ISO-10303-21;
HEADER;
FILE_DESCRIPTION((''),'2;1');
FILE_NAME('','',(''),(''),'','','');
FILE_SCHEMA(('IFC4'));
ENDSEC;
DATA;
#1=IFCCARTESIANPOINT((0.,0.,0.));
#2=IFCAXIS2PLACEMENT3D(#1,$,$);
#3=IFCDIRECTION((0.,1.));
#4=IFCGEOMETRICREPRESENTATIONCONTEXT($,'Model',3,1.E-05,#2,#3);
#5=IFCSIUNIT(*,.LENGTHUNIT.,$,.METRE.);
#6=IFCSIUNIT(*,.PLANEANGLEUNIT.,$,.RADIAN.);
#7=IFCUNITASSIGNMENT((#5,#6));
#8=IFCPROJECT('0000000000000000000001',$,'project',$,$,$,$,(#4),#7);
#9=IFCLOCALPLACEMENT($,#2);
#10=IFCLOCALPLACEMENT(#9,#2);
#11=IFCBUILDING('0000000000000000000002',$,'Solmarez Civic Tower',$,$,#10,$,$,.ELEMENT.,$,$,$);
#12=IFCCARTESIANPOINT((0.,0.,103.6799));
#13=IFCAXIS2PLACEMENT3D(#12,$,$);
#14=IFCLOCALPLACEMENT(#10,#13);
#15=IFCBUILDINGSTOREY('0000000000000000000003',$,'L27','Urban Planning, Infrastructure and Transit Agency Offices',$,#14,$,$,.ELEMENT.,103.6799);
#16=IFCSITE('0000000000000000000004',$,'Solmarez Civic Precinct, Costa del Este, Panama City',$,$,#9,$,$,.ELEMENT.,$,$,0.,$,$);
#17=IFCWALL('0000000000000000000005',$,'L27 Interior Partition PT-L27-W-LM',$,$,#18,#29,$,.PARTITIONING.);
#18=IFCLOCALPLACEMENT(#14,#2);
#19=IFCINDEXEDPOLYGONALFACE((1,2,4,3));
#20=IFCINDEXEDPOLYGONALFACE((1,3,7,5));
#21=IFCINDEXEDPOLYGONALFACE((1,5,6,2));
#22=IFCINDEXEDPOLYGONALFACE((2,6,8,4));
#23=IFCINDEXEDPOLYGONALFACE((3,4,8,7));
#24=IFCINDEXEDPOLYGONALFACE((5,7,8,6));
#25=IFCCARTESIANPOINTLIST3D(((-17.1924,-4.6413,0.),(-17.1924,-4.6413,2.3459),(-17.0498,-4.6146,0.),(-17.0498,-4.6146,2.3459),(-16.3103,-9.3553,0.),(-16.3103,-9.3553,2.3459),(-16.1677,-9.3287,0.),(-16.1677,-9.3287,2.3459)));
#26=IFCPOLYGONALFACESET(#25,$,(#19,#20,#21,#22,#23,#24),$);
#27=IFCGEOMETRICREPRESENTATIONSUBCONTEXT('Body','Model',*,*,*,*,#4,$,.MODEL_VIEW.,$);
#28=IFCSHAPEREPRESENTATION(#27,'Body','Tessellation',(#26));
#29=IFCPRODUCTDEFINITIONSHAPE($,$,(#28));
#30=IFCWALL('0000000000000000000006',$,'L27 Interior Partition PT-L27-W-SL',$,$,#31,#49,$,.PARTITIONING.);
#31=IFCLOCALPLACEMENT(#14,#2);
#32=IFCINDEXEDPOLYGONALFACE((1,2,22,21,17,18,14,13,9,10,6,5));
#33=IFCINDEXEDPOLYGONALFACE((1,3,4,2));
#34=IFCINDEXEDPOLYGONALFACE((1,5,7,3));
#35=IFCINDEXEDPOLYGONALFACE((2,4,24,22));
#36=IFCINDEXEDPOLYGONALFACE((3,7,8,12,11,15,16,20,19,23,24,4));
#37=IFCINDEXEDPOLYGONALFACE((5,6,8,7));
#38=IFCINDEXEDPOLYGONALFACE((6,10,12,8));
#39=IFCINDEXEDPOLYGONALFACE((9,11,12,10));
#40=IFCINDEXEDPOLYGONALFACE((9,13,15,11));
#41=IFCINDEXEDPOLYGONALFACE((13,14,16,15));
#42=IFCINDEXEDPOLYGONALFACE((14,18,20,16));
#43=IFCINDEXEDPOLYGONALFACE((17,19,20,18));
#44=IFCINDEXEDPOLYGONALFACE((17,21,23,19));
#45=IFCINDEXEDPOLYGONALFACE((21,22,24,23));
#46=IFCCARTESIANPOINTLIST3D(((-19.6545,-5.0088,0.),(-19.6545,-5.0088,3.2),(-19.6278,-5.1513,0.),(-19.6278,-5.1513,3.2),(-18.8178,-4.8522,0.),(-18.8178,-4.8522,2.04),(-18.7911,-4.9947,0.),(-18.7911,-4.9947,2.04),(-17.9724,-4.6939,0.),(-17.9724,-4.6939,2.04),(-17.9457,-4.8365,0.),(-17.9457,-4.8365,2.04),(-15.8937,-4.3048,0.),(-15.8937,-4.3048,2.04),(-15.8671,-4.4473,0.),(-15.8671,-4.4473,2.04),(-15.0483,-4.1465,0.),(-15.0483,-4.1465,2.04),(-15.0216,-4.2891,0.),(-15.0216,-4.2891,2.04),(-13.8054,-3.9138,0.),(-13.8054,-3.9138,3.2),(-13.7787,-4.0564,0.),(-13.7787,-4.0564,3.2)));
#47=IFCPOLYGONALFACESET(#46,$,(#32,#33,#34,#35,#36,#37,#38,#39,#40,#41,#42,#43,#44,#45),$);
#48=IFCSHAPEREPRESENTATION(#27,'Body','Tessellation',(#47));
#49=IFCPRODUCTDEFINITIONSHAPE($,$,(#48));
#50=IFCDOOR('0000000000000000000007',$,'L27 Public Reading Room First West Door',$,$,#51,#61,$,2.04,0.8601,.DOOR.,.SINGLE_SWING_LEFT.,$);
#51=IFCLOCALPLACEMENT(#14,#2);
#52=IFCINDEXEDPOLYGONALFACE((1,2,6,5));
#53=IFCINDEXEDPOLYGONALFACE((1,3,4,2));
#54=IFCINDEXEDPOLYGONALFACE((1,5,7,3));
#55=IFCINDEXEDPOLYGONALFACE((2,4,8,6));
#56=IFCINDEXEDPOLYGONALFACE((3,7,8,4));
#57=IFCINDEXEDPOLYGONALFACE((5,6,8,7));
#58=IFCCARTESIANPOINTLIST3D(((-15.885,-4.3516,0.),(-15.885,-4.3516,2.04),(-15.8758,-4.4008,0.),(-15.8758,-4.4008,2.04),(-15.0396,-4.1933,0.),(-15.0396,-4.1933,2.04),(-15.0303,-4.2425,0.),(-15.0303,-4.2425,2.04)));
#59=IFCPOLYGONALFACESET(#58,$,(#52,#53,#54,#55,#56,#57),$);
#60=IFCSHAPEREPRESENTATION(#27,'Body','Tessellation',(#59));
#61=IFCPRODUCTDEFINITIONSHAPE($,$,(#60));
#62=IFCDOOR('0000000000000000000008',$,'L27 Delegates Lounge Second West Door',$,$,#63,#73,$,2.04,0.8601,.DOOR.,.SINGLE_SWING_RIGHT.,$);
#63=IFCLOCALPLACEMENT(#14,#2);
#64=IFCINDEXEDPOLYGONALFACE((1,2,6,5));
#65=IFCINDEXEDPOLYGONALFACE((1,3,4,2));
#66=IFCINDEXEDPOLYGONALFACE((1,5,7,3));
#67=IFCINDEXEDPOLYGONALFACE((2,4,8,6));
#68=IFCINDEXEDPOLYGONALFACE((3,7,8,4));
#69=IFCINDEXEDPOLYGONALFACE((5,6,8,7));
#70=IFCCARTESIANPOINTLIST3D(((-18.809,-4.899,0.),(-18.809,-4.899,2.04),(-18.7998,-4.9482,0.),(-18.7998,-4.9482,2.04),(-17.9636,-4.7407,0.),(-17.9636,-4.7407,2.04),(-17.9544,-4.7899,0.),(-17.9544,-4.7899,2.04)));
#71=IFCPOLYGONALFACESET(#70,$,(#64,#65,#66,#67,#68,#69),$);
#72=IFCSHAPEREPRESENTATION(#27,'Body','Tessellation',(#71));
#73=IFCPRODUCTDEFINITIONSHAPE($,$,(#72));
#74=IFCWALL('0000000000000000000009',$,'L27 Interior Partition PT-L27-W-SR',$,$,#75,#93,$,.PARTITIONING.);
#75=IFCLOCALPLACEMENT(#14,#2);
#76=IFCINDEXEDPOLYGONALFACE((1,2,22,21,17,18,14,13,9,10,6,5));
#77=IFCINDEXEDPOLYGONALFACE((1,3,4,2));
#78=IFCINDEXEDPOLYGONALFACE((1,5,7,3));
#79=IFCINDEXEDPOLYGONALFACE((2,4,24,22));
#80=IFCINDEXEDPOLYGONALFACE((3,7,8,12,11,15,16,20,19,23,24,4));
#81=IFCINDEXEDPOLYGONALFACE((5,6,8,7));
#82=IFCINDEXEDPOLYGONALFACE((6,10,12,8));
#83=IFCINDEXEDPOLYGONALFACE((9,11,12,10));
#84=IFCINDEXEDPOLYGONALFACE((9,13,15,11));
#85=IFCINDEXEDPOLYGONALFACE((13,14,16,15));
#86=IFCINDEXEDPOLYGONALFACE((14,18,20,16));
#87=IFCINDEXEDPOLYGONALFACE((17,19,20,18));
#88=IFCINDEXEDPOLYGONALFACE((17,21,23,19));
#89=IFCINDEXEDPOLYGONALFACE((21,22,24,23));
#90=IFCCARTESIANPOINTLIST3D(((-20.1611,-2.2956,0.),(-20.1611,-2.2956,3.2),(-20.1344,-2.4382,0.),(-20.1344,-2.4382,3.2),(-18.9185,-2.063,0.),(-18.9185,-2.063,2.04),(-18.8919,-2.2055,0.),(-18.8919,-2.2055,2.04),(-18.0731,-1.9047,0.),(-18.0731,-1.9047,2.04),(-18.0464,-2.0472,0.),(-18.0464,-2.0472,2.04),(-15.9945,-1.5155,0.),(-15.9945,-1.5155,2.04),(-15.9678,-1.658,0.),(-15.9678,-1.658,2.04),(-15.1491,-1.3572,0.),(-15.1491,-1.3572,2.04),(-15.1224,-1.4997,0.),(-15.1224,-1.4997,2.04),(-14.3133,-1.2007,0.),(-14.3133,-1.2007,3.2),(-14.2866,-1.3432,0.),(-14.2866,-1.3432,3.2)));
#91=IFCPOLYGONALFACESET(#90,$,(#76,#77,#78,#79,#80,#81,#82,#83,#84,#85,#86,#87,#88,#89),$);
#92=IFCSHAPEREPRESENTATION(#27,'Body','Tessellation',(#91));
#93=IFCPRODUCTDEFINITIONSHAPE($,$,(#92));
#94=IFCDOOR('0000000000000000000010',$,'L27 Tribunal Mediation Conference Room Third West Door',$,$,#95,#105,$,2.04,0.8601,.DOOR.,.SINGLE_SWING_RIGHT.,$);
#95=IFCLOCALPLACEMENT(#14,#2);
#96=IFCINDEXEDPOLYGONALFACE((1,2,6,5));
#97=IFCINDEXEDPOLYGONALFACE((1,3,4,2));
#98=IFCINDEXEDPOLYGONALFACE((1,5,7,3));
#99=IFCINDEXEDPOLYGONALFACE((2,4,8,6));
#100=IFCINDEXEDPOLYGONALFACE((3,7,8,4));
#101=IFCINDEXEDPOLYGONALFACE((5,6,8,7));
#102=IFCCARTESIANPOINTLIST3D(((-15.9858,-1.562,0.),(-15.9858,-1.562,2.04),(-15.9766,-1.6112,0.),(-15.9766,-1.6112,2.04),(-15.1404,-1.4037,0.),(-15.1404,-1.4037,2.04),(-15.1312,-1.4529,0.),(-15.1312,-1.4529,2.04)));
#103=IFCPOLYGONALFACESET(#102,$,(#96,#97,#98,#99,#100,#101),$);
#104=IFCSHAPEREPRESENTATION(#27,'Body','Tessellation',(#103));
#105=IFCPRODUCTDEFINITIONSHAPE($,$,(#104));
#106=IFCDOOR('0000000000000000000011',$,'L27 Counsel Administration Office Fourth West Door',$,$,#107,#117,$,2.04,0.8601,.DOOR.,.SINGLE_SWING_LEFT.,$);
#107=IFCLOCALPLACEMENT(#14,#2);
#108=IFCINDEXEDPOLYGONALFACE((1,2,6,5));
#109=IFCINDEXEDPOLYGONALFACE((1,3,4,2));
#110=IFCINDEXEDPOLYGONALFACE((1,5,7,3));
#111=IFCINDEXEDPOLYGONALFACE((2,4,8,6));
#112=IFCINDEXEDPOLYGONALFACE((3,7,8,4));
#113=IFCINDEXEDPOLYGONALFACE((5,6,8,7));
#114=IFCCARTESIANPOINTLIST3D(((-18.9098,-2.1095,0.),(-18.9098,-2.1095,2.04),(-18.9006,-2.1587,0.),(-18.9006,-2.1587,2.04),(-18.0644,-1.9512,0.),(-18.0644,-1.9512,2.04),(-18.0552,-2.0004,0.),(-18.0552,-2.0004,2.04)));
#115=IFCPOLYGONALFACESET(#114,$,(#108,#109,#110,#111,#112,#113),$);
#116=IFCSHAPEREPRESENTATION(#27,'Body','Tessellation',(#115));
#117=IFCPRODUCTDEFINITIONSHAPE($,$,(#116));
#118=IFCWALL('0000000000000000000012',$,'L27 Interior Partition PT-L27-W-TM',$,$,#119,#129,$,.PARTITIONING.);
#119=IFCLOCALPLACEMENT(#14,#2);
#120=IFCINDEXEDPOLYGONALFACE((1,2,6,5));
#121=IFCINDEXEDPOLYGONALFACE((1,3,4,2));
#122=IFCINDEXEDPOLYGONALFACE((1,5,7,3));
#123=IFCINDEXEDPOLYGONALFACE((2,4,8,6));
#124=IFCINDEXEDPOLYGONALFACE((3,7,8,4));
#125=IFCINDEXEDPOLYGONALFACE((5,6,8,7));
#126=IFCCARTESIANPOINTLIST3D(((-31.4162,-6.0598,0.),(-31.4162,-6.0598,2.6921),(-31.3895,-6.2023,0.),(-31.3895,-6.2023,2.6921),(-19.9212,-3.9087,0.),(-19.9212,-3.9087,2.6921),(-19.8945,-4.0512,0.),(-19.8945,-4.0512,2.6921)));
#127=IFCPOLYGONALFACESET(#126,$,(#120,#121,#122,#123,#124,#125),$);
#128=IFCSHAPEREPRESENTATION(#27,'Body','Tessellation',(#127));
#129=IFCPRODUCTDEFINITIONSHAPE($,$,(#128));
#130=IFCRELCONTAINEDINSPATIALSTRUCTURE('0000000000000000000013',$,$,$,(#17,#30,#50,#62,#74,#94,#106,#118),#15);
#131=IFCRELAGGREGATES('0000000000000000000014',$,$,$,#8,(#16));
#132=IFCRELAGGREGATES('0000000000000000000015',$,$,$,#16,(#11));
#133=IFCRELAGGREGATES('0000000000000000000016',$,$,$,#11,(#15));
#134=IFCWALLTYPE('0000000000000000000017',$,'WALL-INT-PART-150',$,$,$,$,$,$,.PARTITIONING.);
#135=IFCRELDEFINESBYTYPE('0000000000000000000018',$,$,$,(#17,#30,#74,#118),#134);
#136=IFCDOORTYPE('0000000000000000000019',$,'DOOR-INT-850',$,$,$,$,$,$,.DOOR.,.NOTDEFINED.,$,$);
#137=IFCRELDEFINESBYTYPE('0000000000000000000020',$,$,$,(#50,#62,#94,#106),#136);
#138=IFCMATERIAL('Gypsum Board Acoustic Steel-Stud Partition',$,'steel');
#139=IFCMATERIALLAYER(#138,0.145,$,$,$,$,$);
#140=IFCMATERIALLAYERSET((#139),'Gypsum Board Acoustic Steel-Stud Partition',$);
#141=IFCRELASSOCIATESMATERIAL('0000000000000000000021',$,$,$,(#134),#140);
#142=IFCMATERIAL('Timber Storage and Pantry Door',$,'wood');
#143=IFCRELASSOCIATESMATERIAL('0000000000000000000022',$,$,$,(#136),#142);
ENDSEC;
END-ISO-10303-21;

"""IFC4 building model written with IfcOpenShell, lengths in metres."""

from ifc_helpers import new_model, si_unit, direction, frame, frame_2d, origin, place, context, subcontext, project, spatial, rectangle, extrude, material, layer, layer_set, type_object, element, fill, save


model = new_model("IFC4")

# Units and contexts
model_context = context("Model", 3, precision=1e-05, world=origin(), true_north=direction((0.0, 1.0)))
body_context = subcontext(model_context, "Body", "Model", "MODEL_VIEW")
ifc_project = project(units=[si_unit("LENGTHUNIT", "METRE"), si_unit("PLANEANGLEUNIT", "RADIAN")], contexts=[model_context])

# Site, building, storey
site_placement = place(None, origin())
site = spatial("IfcSite", under=ifc_project, at=site_placement, Name="Solmarez Civic Precinct, Costa del Este, Panama City", CompositionType="ELEMENT", RefElevation=0.0)
building_placement = place(site_placement, origin())
building = spatial("IfcBuilding", under=site, at=building_placement, Name="Solmarez Civic Tower", CompositionType="ELEMENT")
storey_placement = place(building_placement, frame((0.0, 0.0, 103.6799)))
storey = spatial("IfcBuildingStorey", under=building, at=storey_placement, Name="L27", Description="Urban Planning, Infrastructure and Transit Agency Offices", CompositionType="ELEMENT", Elevation=103.6799)

# Wall
ifc_material_1 = material(Name="Gypsum Board Acoustic Steel-Stud Partition", Category="steel")
ifc_layer_1 = layer(ifc_material_1, 0.145)
ifc_layer_set_1 = layer_set([ifc_layer_1], Name="Gypsum Board Acoustic Steel-Stud Partition")
wall_type_1 = type_object("IfcWallType", Name="WALL-INT-PART-150", PredefinedType="PARTITIONING", material=ifc_layer_set_1)
wall_1_placement = place(storey_placement, frame((-17.1211, -4.6279, 0.0), z_axis=(0.0, 0.0, 1.0), x_axis=(0.183923, -0.982941, 0.0)))
element("IfcWall", 1, at=wall_1_placement, inside=storey, type_object=wall_type_1, Name="L27 Interior Partition PT-L27-W-LM", PredefinedType="PARTITIONING", context=body_context, shape_type="SweptSolid", body=[
    extrude(rectangle(XDim=4.7959, YDim=0.145, at=frame_2d((2.3979, 0.0))), origin(), (0.0, 0.0, 1.0), 2.3459),
])

# Walls, openings, doors
wall_2_placement = place(storey_placement, frame((-19.6411, -5.0801, 0.0), z_axis=(0.0, 0.0, 1.0), x_axis=(0.982925, 0.184006, 0.0)))
wall_2 = element("IfcWall", 2, at=wall_2_placement, inside=storey, type_object=wall_type_1, Name="L27 Interior Partition PT-L27-W-SL", PredefinedType="PARTITIONING", context=body_context, shape_type="SweptSolid", body=[
    extrude(rectangle(XDim=5.9507, YDim=0.145, at=frame_2d((2.9753, 0.0))), origin(), (0.0, 0.0, 1.0), 3.2),
])
opening_1_placement = place(wall_2_placement, frame((3.8259, 0.0, 0.0)))
opening_1 = element("IfcOpeningElement", 3, at=opening_1_placement, cuts=wall_2, PredefinedType="OPENING", context=body_context, shape_type="SweptSolid", body=[
    extrude(rectangle(XDim=0.8601, YDim=2.04, at=frame_2d((0.4302, 1.02))), frame((0.0, 0.0825, 0.0), z_axis=(0.0, -1.0, 0.0), x_axis=(1.0, 0.0, 0.0)), (0.0, 0.0, 1.0), 0.165),
])
opening_2_placement = place(wall_2_placement, frame((0.8511, 0.0, 0.0)))
opening_2 = element("IfcOpeningElement", 4, at=opening_2_placement, cuts=wall_2, PredefinedType="OPENING", context=body_context, shape_type="SweptSolid", body=[
    extrude(rectangle(XDim=0.8601, YDim=2.04, at=frame_2d((0.4302, 1.02))), frame((0.0, 0.0825, 0.0), z_axis=(0.0, -1.0, 0.0), x_axis=(1.0, 0.0, 0.0)), (0.0, 0.0, 1.0), 0.165),
])
ifc_material_2 = material(Name="Timber Storage and Pantry Door", Category="wood")
door_type = type_object("IfcDoorType", Name="DOOR-INT-850", OperationType="NOTDEFINED", PredefinedType="DOOR", material=ifc_material_2)
door_1_placement = place(opening_1_placement, origin())
door_1 = element("IfcDoor", 5, at=door_1_placement, inside=storey, type_object=door_type, Name="L27 Public Reading Room First West Door", OperationType="SINGLE_SWING_LEFT", OverallHeight=2.04, OverallWidth=0.8601, PredefinedType="DOOR", context=body_context, shape_type="SweptSolid", body=[
    extrude(rectangle(XDim=0.8601, YDim=2.04, at=frame_2d((0.4302, 1.02))), frame((0.0, 0.0249, 0.0), z_axis=(0.0, -1.0, 0.0), x_axis=(1.0, 0.0, 0.0)), (0.0, 0.0, 1.0), 0.05),
])
fill(opening_1, door_1)
door_2_placement = place(opening_2_placement, origin())
door_2 = element("IfcDoor", 6, at=door_2_placement, inside=storey, type_object=door_type, Name="L27 Delegates Lounge Second West Door", OperationType="SINGLE_SWING_RIGHT", OverallHeight=2.04, OverallWidth=0.8601, PredefinedType="DOOR", context=body_context, shape_type="SweptSolid", body=[
    extrude(rectangle(XDim=0.8601, YDim=2.04, at=frame_2d((0.4302, 1.02))), frame((0.0, 0.0249, 0.0), z_axis=(0.0, -1.0, 0.0), x_axis=(1.0, 0.0, 0.0)), (0.0, 0.0, 1.0), 0.05),
])
fill(opening_2, door_2)
wall_3_placement = place(storey_placement, frame((-14.3, -1.272, 0.0), z_axis=(0.0, 0.0, 1.0), x_axis=(-0.982918, -0.184043, 0.0)))
wall_3 = element("IfcWall", 7, at=wall_3_placement, inside=storey, type_object=wall_type_1, Name="L27 Interior Partition PT-L27-W-SR", PredefinedType="PARTITIONING", context=body_context, shape_type="SweptSolid", body=[
    extrude(rectangle(XDim=5.9495, YDim=0.145, at=frame_2d((2.9746, 0.0))), origin(), (0.0, 0.0, 1.0), 3.2),
])
opening_3_placement = place(wall_3_placement, frame((0.8501, 0.0, 0.0)))
opening_3 = element("IfcOpeningElement", 8, at=opening_3_placement, cuts=wall_3, PredefinedType="OPENING", context=body_context, shape_type="SweptSolid", body=[
    extrude(rectangle(XDim=0.8601, YDim=2.04, at=frame_2d((0.4302, 1.02))), frame((0.0, 0.0825, 0.0), z_axis=(0.0, -1.0, 0.0), x_axis=(1.0, 0.0, 0.0)), (0.0, 0.0, 1.0), 0.165),
])
opening_4_placement = place(wall_3_placement, frame((3.825, 0.0, 0.0)))
opening_4 = element("IfcOpeningElement", 9, at=opening_4_placement, cuts=wall_3, PredefinedType="OPENING", context=body_context, shape_type="SweptSolid", body=[
    extrude(rectangle(XDim=0.8601, YDim=2.04, at=frame_2d((0.4302, 1.02))), frame((0.0, 0.0825, 0.0), z_axis=(0.0, -1.0, 0.0), x_axis=(1.0, 0.0, 0.0)), (0.0, 0.0, 1.0), 0.165),
])
door_3_placement = place(opening_3_placement, origin())
door_3 = element("IfcDoor", 10, at=door_3_placement, inside=storey, type_object=door_type, Name="L27 Tribunal Mediation Conference Room Third West Door", OperationType="SINGLE_SWING_RIGHT", OverallHeight=2.04, OverallWidth=0.8601, PredefinedType="DOOR", context=body_context, shape_type="SweptSolid", body=[
    extrude(rectangle(XDim=0.8601, YDim=2.04, at=frame_2d((0.4302, 1.02))), frame((0.0, 0.0249, 0.0), z_axis=(0.0, -1.0, 0.0), x_axis=(1.0, 0.0, 0.0)), (0.0, 0.0, 1.0), 0.05),
])
fill(opening_3, door_3)
door_4_placement = place(opening_4_placement, origin())
door_4 = element("IfcDoor", 11, at=door_4_placement, inside=storey, type_object=door_type, Name="L27 Counsel Administration Office Fourth West Door", OperationType="SINGLE_SWING_LEFT", OverallHeight=2.04, OverallWidth=0.8601, PredefinedType="DOOR", context=body_context, shape_type="SweptSolid", body=[
    extrude(rectangle(XDim=0.8601, YDim=2.04, at=frame_2d((0.4302, 1.02))), frame((0.0, 0.0249, 0.0), z_axis=(0.0, -1.0, 0.0), x_axis=(1.0, 0.0, 0.0)), (0.0, 0.0, 1.0), 0.05),
])
fill(opening_4, door_4)

# Wall
wall_4_placement = place(storey_placement, frame((-19.908, -3.98, 0.0), z_axis=(0.0, 0.0, 1.0), x_axis=(-0.982937, -0.183941, 0.0)))
element("IfcWall", 12, at=wall_4_placement, inside=storey, type_object=wall_type_1, Name="L27 Interior Partition PT-L27-W-TM", PredefinedType="PARTITIONING", context=body_context, shape_type="SweptSolid", body=[
    extrude(rectangle(XDim=11.6946, YDim=0.145, at=frame_2d((5.8472, 0.0))), origin(), (0.0, 0.0, 1.0), 2.6921),
])

save(model, "model.ifc")
